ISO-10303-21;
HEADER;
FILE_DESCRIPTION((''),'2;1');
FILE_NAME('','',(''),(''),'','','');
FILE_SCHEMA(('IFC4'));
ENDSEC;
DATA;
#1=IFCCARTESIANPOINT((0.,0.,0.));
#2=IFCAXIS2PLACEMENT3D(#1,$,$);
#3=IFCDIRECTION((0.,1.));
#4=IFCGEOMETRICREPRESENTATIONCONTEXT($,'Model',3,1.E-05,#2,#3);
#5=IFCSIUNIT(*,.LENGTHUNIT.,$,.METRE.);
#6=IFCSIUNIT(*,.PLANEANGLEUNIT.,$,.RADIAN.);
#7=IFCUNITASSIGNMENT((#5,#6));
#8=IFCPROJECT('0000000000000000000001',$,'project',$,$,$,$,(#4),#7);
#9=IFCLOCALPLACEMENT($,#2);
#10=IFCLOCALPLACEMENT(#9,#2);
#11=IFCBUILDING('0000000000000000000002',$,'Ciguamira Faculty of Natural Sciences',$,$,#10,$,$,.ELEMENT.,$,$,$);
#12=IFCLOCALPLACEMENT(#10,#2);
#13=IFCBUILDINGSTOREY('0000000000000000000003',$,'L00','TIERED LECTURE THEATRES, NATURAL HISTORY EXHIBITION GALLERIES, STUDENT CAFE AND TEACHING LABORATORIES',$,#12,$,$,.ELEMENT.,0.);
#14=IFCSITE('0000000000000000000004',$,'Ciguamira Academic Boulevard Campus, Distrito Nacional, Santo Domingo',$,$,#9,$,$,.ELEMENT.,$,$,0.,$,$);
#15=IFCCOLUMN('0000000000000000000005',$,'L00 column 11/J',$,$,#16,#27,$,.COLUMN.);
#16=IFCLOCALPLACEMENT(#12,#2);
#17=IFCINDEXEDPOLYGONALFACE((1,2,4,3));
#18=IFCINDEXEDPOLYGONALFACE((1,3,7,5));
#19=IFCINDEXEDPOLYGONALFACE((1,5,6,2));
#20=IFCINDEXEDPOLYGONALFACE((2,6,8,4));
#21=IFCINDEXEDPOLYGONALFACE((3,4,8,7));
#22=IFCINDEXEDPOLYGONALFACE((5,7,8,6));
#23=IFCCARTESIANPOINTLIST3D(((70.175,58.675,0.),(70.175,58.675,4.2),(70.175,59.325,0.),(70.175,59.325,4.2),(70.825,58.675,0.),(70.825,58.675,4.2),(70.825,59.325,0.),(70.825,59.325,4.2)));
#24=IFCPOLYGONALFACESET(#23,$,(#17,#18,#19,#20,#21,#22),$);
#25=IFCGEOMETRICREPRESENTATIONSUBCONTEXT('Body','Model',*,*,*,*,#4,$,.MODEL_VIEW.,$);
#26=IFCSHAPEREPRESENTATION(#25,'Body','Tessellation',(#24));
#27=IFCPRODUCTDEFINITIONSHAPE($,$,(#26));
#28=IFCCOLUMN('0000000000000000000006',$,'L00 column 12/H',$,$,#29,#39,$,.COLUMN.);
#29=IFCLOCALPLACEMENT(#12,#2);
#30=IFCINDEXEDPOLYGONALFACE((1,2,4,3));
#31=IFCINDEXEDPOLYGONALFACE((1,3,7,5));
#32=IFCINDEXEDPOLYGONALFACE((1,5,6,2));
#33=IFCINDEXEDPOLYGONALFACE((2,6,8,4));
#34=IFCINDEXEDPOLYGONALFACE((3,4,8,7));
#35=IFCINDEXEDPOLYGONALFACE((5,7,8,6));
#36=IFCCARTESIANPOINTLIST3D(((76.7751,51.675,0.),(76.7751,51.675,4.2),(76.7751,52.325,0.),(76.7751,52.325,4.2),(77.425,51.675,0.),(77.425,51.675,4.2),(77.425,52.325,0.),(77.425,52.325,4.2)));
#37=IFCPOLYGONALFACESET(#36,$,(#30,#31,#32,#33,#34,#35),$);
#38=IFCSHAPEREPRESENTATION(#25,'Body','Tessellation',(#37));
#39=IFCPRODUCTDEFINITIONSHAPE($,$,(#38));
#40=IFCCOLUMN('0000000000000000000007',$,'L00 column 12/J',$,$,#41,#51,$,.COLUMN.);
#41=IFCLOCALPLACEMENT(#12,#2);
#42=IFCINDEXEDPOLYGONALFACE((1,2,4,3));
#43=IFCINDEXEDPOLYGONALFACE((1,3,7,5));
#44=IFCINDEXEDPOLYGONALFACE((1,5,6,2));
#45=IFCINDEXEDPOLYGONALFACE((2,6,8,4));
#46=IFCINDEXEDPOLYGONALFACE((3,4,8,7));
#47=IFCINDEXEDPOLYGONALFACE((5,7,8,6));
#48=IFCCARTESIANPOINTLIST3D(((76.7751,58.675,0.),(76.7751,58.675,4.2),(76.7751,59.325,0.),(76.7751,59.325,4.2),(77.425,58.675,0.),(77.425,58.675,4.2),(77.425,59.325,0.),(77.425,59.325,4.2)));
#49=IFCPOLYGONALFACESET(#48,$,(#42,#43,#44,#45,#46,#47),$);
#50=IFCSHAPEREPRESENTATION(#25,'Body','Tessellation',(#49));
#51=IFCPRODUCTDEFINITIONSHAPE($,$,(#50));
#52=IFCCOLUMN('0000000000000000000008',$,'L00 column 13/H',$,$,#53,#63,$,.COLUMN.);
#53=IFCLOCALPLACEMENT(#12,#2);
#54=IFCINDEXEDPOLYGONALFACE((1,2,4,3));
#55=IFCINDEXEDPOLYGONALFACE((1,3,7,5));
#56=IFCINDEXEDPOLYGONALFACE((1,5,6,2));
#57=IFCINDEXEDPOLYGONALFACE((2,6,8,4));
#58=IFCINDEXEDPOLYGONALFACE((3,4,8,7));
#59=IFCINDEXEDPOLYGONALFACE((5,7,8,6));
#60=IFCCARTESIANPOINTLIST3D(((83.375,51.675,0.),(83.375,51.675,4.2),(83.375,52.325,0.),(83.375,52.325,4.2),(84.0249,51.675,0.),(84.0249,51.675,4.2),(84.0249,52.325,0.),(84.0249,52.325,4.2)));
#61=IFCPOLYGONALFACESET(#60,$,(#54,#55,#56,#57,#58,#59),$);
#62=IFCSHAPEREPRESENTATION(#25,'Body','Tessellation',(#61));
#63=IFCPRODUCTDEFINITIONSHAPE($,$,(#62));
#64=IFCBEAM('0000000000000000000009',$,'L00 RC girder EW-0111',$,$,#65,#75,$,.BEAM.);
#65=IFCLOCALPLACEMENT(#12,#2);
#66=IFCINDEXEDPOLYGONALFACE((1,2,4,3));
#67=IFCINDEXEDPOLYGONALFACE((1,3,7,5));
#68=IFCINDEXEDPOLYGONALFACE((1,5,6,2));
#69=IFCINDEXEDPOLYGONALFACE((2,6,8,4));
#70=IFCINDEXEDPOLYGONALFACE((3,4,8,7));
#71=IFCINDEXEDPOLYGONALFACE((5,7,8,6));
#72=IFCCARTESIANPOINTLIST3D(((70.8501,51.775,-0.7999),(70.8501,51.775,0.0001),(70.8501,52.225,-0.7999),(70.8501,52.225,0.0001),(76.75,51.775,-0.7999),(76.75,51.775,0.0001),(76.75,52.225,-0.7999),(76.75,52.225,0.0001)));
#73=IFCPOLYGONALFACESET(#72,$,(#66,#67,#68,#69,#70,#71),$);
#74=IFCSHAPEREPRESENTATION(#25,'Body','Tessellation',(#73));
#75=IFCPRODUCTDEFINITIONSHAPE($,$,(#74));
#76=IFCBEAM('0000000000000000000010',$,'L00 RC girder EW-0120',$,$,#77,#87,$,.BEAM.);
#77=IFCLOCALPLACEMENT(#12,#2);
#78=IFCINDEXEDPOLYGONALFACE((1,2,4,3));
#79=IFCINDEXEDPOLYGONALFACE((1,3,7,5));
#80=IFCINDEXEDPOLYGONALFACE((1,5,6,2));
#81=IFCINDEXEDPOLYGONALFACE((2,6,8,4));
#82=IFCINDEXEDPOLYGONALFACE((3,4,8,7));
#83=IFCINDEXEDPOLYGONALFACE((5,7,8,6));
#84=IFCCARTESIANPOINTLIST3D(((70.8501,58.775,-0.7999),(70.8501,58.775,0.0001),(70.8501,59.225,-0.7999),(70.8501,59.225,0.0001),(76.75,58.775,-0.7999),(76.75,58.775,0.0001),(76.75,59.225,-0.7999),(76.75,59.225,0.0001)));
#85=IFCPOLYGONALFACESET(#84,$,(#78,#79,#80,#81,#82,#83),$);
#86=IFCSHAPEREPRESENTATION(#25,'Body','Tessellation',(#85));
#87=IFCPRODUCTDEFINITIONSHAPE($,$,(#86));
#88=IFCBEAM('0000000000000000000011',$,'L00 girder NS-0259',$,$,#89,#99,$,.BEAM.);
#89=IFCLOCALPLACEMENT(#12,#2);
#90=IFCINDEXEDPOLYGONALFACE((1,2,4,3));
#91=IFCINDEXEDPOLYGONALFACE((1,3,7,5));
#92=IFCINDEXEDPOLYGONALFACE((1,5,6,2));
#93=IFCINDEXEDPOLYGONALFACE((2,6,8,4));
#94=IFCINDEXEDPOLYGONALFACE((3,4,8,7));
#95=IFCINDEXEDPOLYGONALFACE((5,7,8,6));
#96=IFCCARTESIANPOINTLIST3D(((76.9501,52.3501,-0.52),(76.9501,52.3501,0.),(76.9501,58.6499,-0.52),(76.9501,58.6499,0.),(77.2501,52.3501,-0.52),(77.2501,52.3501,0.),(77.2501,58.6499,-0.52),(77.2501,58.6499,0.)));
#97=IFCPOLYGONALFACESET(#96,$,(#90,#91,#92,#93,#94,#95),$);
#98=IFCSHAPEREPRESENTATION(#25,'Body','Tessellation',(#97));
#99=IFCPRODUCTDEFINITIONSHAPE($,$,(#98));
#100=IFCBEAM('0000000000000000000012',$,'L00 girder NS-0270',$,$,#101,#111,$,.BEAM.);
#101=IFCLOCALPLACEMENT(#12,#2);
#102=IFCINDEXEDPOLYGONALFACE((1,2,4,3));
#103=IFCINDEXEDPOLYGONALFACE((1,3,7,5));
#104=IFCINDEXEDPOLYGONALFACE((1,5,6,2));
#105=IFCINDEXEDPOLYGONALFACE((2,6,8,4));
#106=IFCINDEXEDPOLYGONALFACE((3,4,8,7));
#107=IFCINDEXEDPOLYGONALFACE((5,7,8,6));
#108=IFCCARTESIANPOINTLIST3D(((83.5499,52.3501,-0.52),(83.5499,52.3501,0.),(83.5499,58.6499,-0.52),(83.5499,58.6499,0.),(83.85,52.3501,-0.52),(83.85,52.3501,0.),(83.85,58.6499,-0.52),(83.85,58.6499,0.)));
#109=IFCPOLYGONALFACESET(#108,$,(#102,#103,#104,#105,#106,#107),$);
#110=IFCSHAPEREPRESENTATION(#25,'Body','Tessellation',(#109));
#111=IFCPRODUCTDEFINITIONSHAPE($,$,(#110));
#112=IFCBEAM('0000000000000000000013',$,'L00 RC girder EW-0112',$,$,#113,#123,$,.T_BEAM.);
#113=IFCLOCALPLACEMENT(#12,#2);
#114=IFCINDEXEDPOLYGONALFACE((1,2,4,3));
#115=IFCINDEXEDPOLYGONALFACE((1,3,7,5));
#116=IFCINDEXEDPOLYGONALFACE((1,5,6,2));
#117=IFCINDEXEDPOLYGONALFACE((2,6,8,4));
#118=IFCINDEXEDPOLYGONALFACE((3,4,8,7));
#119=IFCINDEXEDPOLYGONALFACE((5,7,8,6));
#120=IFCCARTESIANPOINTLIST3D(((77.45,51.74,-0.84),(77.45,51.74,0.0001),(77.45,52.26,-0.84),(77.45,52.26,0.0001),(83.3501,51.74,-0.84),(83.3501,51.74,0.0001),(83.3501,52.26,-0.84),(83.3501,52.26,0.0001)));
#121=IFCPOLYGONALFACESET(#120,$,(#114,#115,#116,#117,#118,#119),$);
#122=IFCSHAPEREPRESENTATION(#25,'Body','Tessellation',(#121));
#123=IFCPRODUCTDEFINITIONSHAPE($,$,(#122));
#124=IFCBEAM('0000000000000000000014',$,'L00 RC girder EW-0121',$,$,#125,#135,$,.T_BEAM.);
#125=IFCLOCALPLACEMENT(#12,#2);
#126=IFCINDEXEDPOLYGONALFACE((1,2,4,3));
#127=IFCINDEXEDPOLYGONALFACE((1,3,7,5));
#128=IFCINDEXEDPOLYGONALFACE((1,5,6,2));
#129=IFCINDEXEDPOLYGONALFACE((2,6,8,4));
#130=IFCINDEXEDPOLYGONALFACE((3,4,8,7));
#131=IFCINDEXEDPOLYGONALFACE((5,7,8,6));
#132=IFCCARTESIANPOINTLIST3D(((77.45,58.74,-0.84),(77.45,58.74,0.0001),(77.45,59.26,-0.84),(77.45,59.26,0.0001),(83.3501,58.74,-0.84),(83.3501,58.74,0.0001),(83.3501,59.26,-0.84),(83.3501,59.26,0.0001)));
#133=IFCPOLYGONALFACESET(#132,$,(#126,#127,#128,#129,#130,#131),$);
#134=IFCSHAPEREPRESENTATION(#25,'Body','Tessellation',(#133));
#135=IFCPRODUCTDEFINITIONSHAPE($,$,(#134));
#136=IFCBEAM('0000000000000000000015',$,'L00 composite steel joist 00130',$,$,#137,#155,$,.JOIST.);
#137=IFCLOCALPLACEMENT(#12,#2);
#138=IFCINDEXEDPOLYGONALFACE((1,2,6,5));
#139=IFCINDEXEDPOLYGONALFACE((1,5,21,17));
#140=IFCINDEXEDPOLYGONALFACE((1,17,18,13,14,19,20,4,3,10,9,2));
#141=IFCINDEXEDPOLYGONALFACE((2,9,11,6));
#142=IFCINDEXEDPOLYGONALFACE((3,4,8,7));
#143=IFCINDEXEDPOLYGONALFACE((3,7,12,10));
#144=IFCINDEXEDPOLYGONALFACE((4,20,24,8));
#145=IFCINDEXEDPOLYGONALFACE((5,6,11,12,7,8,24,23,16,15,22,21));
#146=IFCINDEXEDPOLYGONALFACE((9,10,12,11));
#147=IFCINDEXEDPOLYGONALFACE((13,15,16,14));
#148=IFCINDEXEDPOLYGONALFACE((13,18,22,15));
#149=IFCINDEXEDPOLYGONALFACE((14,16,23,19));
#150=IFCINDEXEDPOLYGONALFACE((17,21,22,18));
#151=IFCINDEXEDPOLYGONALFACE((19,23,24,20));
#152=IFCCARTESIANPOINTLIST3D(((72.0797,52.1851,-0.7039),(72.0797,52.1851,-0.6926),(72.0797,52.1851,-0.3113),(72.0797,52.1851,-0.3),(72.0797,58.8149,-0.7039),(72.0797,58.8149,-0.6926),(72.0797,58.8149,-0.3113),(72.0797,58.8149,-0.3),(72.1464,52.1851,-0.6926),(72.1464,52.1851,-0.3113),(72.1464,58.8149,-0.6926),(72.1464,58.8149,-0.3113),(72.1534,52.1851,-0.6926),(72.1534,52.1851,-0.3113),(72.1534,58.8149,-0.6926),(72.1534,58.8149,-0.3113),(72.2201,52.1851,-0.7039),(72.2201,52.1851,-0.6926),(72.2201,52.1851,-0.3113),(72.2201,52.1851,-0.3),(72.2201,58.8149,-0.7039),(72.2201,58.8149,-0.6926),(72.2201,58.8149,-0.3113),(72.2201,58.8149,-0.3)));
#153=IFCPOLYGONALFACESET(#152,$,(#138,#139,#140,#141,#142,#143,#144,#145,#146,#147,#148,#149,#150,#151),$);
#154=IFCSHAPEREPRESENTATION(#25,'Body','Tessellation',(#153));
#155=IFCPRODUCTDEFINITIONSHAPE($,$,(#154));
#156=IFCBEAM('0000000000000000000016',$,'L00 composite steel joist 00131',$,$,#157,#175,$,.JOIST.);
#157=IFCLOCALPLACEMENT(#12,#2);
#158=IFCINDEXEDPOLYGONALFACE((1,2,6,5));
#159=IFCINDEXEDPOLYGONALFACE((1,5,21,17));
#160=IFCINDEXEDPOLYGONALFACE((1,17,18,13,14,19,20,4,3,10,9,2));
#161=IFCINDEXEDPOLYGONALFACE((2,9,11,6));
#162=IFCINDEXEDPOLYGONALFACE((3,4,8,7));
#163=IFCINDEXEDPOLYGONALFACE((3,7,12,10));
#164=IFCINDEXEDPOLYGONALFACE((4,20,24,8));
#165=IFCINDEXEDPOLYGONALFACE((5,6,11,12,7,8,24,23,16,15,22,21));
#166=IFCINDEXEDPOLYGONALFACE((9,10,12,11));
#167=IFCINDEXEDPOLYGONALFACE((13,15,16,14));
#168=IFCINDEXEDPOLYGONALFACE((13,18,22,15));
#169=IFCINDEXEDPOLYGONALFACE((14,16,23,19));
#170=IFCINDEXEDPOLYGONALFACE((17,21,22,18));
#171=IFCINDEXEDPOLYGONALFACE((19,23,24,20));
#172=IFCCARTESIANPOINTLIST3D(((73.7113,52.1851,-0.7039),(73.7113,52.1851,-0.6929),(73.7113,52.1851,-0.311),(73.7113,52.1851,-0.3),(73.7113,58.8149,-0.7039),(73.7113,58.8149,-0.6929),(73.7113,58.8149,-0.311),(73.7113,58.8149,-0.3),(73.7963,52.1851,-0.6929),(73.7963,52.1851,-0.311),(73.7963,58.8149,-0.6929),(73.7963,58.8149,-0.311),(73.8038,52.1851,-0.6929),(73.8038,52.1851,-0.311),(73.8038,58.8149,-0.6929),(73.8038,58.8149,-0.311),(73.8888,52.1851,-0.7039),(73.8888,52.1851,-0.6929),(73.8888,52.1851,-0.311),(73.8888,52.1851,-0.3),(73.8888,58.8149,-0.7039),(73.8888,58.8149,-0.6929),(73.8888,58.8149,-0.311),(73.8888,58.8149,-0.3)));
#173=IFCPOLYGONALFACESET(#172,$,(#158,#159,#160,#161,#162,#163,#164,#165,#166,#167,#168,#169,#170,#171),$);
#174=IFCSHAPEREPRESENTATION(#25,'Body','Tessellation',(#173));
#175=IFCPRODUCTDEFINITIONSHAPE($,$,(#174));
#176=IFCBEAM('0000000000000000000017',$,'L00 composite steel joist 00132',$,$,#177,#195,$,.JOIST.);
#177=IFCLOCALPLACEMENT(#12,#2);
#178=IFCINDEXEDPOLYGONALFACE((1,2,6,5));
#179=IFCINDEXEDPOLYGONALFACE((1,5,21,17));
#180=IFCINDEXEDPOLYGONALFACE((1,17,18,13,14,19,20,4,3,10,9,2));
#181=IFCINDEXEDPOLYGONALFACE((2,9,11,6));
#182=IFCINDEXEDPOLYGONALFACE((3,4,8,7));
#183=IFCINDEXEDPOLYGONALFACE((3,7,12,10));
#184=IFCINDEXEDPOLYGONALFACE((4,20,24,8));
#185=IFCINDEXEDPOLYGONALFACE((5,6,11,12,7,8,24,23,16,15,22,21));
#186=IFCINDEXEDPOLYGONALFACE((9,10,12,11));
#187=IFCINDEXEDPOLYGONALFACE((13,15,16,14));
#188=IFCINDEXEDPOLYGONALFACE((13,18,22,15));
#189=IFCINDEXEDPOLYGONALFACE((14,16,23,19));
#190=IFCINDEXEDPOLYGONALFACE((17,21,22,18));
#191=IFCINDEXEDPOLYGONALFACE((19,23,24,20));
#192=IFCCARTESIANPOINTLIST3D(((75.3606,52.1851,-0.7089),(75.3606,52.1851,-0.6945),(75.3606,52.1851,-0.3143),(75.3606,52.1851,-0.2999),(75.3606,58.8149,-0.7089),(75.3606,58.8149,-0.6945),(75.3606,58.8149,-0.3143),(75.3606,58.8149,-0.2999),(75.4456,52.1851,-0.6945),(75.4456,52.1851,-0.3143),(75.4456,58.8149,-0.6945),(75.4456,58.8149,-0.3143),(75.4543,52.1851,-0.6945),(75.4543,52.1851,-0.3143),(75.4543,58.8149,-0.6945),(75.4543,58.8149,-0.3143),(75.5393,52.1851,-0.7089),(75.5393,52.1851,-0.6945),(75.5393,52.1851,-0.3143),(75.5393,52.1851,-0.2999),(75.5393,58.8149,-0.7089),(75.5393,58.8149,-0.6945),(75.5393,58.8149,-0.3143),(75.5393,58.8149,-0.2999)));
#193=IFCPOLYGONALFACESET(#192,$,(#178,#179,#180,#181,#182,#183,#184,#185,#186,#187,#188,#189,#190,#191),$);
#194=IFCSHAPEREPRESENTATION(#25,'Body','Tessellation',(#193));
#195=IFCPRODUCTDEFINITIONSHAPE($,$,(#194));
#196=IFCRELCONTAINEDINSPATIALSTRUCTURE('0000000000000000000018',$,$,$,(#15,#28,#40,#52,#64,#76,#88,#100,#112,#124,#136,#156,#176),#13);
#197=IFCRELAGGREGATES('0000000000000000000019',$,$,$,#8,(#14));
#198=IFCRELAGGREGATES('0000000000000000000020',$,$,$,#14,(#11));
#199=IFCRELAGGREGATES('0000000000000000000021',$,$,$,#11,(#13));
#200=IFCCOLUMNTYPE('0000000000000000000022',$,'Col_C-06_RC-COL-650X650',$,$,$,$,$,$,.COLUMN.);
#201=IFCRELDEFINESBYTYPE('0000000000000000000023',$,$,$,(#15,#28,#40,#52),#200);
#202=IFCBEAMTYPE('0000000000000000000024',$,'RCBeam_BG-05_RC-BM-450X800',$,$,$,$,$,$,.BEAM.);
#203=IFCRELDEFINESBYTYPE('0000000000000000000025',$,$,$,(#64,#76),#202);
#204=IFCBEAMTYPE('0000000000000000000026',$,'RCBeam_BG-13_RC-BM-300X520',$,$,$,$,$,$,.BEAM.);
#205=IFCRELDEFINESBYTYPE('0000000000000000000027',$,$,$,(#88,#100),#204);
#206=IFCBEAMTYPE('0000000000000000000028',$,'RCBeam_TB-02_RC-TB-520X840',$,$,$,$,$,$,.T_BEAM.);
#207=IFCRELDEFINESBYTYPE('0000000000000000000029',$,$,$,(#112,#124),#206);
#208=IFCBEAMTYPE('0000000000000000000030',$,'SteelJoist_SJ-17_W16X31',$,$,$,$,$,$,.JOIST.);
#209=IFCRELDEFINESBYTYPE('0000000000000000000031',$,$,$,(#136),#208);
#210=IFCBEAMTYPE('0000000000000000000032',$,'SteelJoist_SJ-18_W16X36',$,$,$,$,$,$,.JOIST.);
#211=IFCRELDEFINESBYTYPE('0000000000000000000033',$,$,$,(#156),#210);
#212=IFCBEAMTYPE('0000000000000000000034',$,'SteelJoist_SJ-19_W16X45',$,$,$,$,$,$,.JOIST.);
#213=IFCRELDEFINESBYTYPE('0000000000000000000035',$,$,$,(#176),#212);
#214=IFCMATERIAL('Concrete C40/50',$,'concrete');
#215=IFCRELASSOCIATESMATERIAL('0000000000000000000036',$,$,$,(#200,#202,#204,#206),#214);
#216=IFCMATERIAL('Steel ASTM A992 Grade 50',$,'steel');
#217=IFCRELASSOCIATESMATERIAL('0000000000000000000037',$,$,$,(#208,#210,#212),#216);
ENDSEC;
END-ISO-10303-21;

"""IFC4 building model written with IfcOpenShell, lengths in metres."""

from ifc_helpers import new_model, si_unit, direction, frame, origin, origin_2d, place, context, subcontext, project, spatial, rectangle, i_section, extrude, material, material_profile, profile_set, type_object, element, save


model = new_model("IFC4")

# Units and contexts
model_context = context("Model", 3, precision=1e-05, world=origin(), true_north=direction((0.0, 1.0)))
body_context = subcontext(model_context, "Body", "Model", "MODEL_VIEW")
ifc_project = project(units=[si_unit("LENGTHUNIT", "METRE"), si_unit("PLANEANGLEUNIT", "RADIAN")], contexts=[model_context])

# Site, building, storey
site_placement = place(None, origin())
site = spatial("IfcSite", under=ifc_project, at=site_placement, Name="Ciguamira Academic Boulevard Campus, Distrito Nacional, Santo Domingo", CompositionType="ELEMENT", RefElevation=0.0)
building_placement = place(site_placement, origin())
building = spatial("IfcBuilding", under=site, at=building_placement, Name="Ciguamira Faculty of Natural Sciences", CompositionType="ELEMENT")
storey_placement = place(building_placement, origin())
storey = spatial("IfcBuildingStorey", under=building, at=storey_placement, Name="L00", Description="TIERED LECTURE THEATRES, NATURAL HISTORY EXHIBITION GALLERIES, STUDENT CAFE AND TEACHING LABORATORIES", CompositionType="ELEMENT", Elevation=0.0)

# Columns
ifc_material_1 = material(Name="Concrete C40/50", Category="concrete")
ifc_material_profile_1 = material_profile(ifc_material_1, rectangle(XDim=0.6499, YDim=0.6499, at=origin_2d()), Name="RC-COL-650X650")
ifc_profile_set_1 = profile_set([ifc_material_profile_1], Name="Concrete C40/50")
column_type = type_object("IfcColumnType", Name="Col_C-06_RC-COL-650X650", PredefinedType="COLUMN", material=ifc_profile_set_1)
for number, where, z_axis, x_axis, name in (
    (1, (70.5, 59.0, 0.0), (0.0, 0.0, 1.0), (1.0, 0.0, 0.0), "L00 column 11/J"),
    (2, (77.1001, 52.0, 0.0), (0.0, 0.0, 1.0), (1.0, 0.0, 0.0), "L00 column 12/H"),
    (3, (77.1001, 59.0, 0.0), (0.0, 0.0, 1.0), (1.0, 0.0, 0.0), "L00 column 12/J"),
    (4, (83.7, 52.0, 0.0), (0.0, 0.0, 1.0), (1.0, 0.0, 0.0), "L00 column 13/H"),
):
    element("IfcColumn", number, at=place(storey_placement, frame(where, z_axis=z_axis, x_axis=x_axis)), inside=storey, type_object=column_type, Name=name, PredefinedType="COLUMN", context=body_context, shape_type="SweptSolid", body=[
        extrude(rectangle(XDim=0.6499, YDim=0.6499, at=origin_2d()), origin(), (0.0, 0.0, 1.0), 4.2),
    ])

# Beams
ifc_material_profile_2 = material_profile(ifc_material_1, rectangle(XDim=0.45, YDim=0.8, at=origin_2d()), Name="RC-BM-450X800")
ifc_profile_set_2 = profile_set([ifc_material_profile_2], Name="Concrete C40/50")
beam_type_1 = type_object("IfcBeamType", Name="RCBeam_BG-05_RC-BM-450X800", PredefinedType="BEAM", material=ifc_profile_set_2)
for number, where, z_axis, x_axis, name in (
    (5, (70.8501, 52.0, -0.3999), (1.0, 0.0, 0.0), (0.0, 1.0, 0.0), "L00 RC girder EW-0111"),
    (6, (70.8501, 59.0, -0.3999), (1.0, 0.0, 0.0), (0.0, 1.0, 0.0), "L00 RC girder EW-0120"),
):
    element("IfcBeam", number, at=place(storey_placement, frame(where, z_axis=z_axis, x_axis=x_axis)), inside=storey, type_object=beam_type_1, Name=name, PredefinedType="BEAM", context=body_context, shape_type="SweptSolid", body=[
        extrude(rectangle(XDim=0.45, YDim=0.8, at=origin_2d()), origin(), (0.0, 0.0, 1.0), 5.8999),
    ])
ifc_material_profile_3 = material_profile(ifc_material_1, rectangle(XDim=0.3, YDim=0.52, at=origin_2d()), Name="RC-BM-300X520")
ifc_profile_set_3 = profile_set([ifc_material_profile_3], Name="Concrete C40/50")
beam_type_2 = type_object("IfcBeamType", Name="RCBeam_BG-13_RC-BM-300X520", PredefinedType="BEAM", material=ifc_profile_set_3)
for number, where, z_axis, x_axis, name in (
    (7, (77.1001, 52.3501, -0.26), (0.0, 1.0, 0.0), (-1.0, 0.0, 0.0), "L00 girder NS-0259"),
    (8, (83.7, 52.3501, -0.26), (0.0, 1.0, 0.0), (-1.0, 0.0, 0.0), "L00 girder NS-0270"),
):
    element("IfcBeam", number, at=place(storey_placement, frame(where, z_axis=z_axis, x_axis=x_axis)), inside=storey, type_object=beam_type_2, Name=name, PredefinedType="BEAM", context=body_context, shape_type="SweptSolid", body=[
        extrude(rectangle(XDim=0.3, YDim=0.52, at=origin_2d()), origin(), (0.0, 0.0, 1.0), 6.2998),
    ])
ifc_material_profile_4 = material_profile(ifc_material_1, rectangle(XDim=0.52, YDim=0.8401, at=origin_2d()), Name="RC-TB-520X840")
ifc_profile_set_4 = profile_set([ifc_material_profile_4], Name="Concrete C40/50")
beam_type_3 = type_object("IfcBeamType", Name="RCBeam_TB-02_RC-TB-520X840", PredefinedType="T_BEAM", material=ifc_profile_set_4)
for number, where, z_axis, x_axis, name in (
    (9, (77.45, 52.0, -0.4199), (1.0, 0.0, 0.0), (0.0, 1.0, 0.0), "L00 RC girder EW-0112"),
    (10, (77.45, 59.0, -0.4199), (1.0, 0.0, 0.0), (0.0, 1.0, 0.0), "L00 RC girder EW-0121"),
):
    element("IfcBeam", number, at=place(storey_placement, frame(where, z_axis=z_axis, x_axis=x_axis)), inside=storey, type_object=beam_type_3, Name=name, PredefinedType="T_BEAM", context=body_context, shape_type="SweptSolid", body=[
        extrude(rectangle(XDim=0.52, YDim=0.8401, at=origin_2d()), origin(), (0.0, 0.0, 1.0), 5.9001),
    ])
ifc_material_2 = material(Name="Steel ASTM A992 Grade 50", Category="steel")
ifc_material_profile_5 = material_profile(ifc_material_2, i_section(OverallWidth=0.1404, OverallDepth=0.4038, WebThickness=0.0071, FlangeThickness=0.0112, at=origin_2d()), Name="W16X31")
ifc_profile_set_5 = profile_set([ifc_material_profile_5], Name="Steel ASTM A992 Grade 50")
beam_type_4 = type_object("IfcBeamType", Name="SteelJoist_SJ-17_W16X31", PredefinedType="JOIST", material=ifc_profile_set_5)
beam_1_placement = place(storey_placement, frame((72.1499, 52.1851, -0.502), z_axis=(0.0, 1.0, 0.0), x_axis=(-1.0, 0.0, 0.0)))
element("IfcBeam", 11, at=beam_1_placement, inside=storey, type_object=beam_type_4, Name="L00 composite steel joist 00130", PredefinedType="JOIST", context=body_context, shape_type="SweptSolid", body=[
    extrude(i_section(OverallWidth=0.1404, OverallDepth=0.4038, WebThickness=0.0071, FlangeThickness=0.0112, at=origin_2d()), origin(), (0.0, 0.0, 1.0), 6.6299),
])
ifc_material_profile_6 = material_profile(ifc_material_2, i_section(OverallWidth=0.1775, OverallDepth=0.4038, WebThickness=0.0076, FlangeThickness=0.011, at=origin_2d()), Name="W16X36")
ifc_profile_set_6 = profile_set([ifc_material_profile_6], Name="Steel ASTM A992 Grade 50")
beam_type_5 = type_object("IfcBeamType", Name="SteelJoist_SJ-18_W16X36", PredefinedType="JOIST", material=ifc_profile_set_6)
beam_2_placement = place(storey_placement, frame((73.8, 52.1851, -0.502), z_axis=(0.0, 1.0, 0.0), x_axis=(-1.0, 0.0, 0.0)))
element("IfcBeam", 12, at=beam_2_placement, inside=storey, type_object=beam_type_5, Name="L00 composite steel joist 00131", PredefinedType="JOIST", context=body_context, shape_type="SweptSolid", body=[
    extrude(i_section(OverallWidth=0.1775, OverallDepth=0.4038, WebThickness=0.0076, FlangeThickness=0.011, at=origin_2d()), origin(), (0.0, 0.0, 1.0), 6.6299),
])
ifc_material_profile_7 = material_profile(ifc_material_2, i_section(OverallWidth=0.1787, OverallDepth=0.4089, WebThickness=0.0088, FlangeThickness=0.0144, at=origin_2d()), Name="W16X45")
ifc_profile_set_7 = profile_set([ifc_material_profile_7], Name="Steel ASTM A992 Grade 50")
beam_type_6 = type_object("IfcBeamType", Name="SteelJoist_SJ-19_W16X45", PredefinedType="JOIST", material=ifc_profile_set_7)
beam_3_placement = place(storey_placement, frame((75.45, 52.1851, -0.5044), z_axis=(0.0, 1.0, 0.0), x_axis=(-1.0, 0.0, 0.0)))
element("IfcBeam", 13, at=beam_3_placement, inside=storey, type_object=beam_type_6, Name="L00 composite steel joist 00132", PredefinedType="JOIST", context=body_context, shape_type="SweptSolid", body=[
    extrude(i_section(OverallWidth=0.1787, OverallDepth=0.4089, WebThickness=0.0088, FlangeThickness=0.0144, at=origin_2d()), origin(), (0.0, 0.0, 1.0), 6.6299),
])

save(model, "model.ifc")
